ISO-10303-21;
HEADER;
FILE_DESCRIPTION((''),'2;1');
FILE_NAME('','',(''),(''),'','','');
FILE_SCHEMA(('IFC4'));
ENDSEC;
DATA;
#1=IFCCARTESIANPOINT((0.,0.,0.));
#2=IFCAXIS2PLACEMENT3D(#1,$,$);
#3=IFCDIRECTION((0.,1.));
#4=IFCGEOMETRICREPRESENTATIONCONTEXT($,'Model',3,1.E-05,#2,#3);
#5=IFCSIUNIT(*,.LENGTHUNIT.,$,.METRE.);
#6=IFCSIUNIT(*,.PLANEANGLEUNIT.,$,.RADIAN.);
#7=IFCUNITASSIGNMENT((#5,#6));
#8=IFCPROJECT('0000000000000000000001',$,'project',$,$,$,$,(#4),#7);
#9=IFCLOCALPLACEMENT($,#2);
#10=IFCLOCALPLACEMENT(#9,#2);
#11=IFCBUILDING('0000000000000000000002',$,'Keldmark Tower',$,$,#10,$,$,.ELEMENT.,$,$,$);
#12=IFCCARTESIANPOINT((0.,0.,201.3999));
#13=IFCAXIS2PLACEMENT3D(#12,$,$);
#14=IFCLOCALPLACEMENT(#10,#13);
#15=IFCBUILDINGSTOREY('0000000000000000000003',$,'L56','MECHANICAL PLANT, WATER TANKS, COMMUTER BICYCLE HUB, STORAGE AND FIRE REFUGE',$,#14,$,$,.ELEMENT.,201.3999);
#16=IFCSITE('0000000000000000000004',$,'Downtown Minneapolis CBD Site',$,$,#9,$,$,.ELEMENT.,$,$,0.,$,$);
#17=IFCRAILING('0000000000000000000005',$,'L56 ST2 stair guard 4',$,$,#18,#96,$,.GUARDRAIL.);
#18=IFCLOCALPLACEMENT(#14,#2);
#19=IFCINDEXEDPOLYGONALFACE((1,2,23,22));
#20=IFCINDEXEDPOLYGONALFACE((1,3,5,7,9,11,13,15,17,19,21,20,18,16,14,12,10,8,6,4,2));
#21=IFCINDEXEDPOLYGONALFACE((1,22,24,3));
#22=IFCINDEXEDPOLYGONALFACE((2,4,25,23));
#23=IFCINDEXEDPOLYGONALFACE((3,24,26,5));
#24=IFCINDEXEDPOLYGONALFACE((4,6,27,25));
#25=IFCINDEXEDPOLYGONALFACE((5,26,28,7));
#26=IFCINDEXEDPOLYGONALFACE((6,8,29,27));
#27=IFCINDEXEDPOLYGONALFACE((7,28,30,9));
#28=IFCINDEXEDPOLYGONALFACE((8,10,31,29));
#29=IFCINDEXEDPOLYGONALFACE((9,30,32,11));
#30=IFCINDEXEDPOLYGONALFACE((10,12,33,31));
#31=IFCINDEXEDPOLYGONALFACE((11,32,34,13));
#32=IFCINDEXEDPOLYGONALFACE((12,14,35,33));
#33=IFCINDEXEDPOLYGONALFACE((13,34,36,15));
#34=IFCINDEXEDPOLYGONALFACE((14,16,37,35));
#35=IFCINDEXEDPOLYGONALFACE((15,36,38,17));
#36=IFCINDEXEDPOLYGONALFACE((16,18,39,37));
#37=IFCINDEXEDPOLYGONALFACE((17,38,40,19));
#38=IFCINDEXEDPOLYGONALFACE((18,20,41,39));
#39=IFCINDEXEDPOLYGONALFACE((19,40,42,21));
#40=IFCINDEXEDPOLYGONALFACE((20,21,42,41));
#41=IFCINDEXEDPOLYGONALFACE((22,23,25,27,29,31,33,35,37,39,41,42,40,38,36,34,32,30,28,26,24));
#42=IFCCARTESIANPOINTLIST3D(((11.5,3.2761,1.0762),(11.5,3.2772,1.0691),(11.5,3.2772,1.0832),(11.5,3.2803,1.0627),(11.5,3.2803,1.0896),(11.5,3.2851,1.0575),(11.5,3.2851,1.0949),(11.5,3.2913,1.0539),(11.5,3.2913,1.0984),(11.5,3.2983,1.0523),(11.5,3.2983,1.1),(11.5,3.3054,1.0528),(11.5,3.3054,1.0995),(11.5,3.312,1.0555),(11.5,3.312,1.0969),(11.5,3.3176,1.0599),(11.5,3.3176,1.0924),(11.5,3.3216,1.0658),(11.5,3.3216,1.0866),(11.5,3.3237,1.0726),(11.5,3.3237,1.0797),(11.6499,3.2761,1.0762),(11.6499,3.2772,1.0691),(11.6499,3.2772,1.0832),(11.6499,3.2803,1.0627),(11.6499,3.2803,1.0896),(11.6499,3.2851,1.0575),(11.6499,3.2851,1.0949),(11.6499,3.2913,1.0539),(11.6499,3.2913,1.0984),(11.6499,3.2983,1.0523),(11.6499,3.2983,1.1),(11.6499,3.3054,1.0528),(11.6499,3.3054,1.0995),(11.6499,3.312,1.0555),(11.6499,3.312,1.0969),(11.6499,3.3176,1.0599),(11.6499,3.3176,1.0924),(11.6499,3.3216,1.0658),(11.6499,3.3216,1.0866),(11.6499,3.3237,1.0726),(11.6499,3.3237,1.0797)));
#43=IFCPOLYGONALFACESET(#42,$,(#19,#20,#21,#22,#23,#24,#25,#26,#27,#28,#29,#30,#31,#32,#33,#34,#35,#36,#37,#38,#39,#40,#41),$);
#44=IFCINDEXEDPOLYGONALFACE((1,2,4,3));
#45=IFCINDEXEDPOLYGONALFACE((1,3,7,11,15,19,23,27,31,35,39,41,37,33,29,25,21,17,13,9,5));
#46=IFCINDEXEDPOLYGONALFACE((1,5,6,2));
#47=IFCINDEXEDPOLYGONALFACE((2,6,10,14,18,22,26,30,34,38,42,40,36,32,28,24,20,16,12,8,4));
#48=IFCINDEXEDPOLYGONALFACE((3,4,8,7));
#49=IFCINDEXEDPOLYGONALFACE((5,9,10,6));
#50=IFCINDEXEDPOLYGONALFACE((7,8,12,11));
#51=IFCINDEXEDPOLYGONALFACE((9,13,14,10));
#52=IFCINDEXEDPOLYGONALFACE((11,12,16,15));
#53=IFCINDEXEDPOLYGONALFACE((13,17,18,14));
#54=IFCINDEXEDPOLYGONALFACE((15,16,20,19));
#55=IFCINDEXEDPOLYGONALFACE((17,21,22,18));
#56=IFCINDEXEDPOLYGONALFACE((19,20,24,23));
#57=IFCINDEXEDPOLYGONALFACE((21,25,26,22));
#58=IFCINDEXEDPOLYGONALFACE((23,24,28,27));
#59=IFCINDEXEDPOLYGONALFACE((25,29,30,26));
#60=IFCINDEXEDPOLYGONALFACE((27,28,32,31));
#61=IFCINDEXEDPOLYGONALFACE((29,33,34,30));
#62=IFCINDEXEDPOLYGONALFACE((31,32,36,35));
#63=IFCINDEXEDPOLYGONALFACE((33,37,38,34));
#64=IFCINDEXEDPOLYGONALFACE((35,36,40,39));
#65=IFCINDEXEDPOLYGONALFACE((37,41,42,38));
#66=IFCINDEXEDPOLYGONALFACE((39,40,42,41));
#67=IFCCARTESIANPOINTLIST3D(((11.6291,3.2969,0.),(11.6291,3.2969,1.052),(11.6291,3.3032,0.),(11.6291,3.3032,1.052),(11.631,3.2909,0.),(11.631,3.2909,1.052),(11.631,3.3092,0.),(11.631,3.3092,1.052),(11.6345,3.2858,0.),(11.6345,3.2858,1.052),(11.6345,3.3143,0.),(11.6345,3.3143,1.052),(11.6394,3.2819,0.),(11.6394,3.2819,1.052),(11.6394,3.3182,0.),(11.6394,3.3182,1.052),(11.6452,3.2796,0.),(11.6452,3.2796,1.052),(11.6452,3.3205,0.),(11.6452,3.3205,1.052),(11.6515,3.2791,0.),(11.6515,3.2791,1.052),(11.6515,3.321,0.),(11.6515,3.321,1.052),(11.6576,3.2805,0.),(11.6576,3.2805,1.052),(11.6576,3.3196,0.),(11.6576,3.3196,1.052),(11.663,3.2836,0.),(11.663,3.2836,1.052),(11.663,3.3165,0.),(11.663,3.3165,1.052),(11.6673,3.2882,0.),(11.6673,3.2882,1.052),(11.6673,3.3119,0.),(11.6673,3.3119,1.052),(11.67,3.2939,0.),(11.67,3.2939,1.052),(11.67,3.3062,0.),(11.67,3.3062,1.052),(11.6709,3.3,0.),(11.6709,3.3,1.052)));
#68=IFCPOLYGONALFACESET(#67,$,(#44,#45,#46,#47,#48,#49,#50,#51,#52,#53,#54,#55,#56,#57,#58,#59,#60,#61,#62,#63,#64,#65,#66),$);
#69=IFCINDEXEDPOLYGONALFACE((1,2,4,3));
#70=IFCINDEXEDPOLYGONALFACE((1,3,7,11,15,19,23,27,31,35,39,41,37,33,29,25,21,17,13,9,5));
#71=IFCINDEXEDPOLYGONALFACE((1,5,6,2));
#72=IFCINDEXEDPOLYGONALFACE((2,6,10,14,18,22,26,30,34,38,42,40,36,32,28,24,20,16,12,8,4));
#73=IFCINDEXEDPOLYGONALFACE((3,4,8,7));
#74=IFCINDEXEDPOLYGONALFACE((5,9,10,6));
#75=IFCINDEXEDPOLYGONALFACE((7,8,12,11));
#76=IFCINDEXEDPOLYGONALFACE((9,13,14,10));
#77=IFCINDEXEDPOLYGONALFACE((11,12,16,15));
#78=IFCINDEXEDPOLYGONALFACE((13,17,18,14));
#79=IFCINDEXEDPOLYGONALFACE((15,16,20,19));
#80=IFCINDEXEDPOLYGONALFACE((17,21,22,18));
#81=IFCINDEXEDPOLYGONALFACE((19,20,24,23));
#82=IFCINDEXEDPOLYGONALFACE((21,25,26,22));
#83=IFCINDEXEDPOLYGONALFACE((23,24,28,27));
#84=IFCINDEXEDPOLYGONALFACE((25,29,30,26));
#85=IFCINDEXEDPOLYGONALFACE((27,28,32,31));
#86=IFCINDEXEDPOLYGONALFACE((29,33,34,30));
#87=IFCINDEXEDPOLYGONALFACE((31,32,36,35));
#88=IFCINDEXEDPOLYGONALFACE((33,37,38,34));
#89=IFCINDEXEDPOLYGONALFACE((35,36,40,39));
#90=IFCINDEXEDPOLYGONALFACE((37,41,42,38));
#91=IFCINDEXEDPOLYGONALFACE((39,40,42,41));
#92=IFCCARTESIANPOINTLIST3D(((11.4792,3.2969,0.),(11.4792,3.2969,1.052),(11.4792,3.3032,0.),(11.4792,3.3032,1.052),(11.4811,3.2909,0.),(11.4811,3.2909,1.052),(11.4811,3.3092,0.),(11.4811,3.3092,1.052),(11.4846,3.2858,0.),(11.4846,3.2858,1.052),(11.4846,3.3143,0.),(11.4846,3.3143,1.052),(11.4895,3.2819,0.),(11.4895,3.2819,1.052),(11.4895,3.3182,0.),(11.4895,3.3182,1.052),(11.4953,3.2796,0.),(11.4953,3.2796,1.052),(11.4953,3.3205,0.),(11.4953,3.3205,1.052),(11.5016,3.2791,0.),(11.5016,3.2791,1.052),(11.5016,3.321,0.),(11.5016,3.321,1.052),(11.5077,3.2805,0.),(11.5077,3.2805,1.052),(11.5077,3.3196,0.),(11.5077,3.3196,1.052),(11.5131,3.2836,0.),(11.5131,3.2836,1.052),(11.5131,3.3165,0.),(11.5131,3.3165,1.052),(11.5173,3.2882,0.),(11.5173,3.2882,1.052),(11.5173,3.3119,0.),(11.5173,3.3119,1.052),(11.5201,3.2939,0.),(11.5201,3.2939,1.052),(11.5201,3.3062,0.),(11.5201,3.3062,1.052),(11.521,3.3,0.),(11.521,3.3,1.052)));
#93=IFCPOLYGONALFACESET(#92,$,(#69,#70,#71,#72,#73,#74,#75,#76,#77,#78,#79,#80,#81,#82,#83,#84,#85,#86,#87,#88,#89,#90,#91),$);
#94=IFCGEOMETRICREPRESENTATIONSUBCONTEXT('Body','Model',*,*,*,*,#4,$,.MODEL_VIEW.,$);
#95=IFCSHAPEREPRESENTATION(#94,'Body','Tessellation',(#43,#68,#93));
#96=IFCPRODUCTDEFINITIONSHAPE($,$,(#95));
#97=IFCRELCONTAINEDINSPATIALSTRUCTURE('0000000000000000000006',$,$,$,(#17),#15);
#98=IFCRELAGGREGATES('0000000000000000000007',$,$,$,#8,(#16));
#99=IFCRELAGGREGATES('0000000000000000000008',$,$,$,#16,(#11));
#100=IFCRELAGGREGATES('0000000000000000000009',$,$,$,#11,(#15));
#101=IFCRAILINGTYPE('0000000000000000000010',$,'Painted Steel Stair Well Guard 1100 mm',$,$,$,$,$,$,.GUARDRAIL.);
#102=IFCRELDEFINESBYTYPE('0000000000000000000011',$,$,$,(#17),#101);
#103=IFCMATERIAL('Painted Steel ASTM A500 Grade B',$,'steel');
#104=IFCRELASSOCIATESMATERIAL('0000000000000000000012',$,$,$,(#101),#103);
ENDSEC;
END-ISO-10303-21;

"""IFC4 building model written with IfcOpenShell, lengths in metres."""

from ifc_helpers import new_model, si_unit, direction, frame, origin, origin_2d, place, context, subcontext, project, spatial, circle, extrude, material, type_object, element, save


model = new_model("IFC4")

# Units and contexts
model_context = context("Model", 3, precision=1e-05, world=origin(), true_north=direction((0.0, 1.0)))
body_context = subcontext(model_context, "Body", "Model", "MODEL_VIEW")
ifc_project = project(units=[si_unit("LENGTHUNIT", "METRE"), si_unit("PLANEANGLEUNIT", "RADIAN")], contexts=[model_context])

# Site, building, storey
site_placement = place(None, origin())
site = spatial("IfcSite", under=ifc_project, at=site_placement, Name="Downtown Minneapolis CBD Site", CompositionType="ELEMENT", RefElevation=0.0)
building_placement = place(site_placement, origin())
building = spatial("IfcBuilding", under=site, at=building_placement, Name="Keldmark Tower", CompositionType="ELEMENT")
storey_placement = place(building_placement, frame((0.0, 0.0, 201.3999)))
storey = spatial("IfcBuildingStorey", under=building, at=storey_placement, Name="L56", Description="MECHANICAL PLANT, WATER TANKS, COMMUTER BICYCLE HUB, STORAGE AND FIRE REFUGE", CompositionType="ELEMENT", Elevation=201.3999)

# Railing
ifc_material_1 = material(Name="Painted Steel ASTM A500 Grade B", Category="steel")
railing_type_1 = type_object("IfcRailingType", Name="Painted Steel Stair Well Guard 1100 mm", PredefinedType="GUARDRAIL", material=ifc_material_1)
railing_1_placement = place(storey_placement, frame((11.6499, 3.3, 0.0)))
element("IfcRailing", 1, at=railing_1_placement, inside=storey, type_object=railing_type_1, Name="L56 ST2 stair guard 4", PredefinedType="GUARDRAIL", context=body_context, shape_type="SweptSolid", body=[
    extrude(circle(Radius=0.0239, at=origin_2d()), frame((0.0, 0.0, 1.0762), z_axis=(-1.0, 0.0, 0.0), x_axis=(0.0, -1.0, 0.0)), (0.0, 0.0, 1.0), 0.1499),
    extrude(circle(Radius=0.021, at=origin_2d()), origin(), (0.0, 0.0, 1.0), 1.052),
    extrude(circle(Radius=0.021, at=origin_2d()), frame((-0.1499, 0.0, 0.0)), (0.0, 0.0, 1.0), 1.052),
])

save(model, "model.ifc")
